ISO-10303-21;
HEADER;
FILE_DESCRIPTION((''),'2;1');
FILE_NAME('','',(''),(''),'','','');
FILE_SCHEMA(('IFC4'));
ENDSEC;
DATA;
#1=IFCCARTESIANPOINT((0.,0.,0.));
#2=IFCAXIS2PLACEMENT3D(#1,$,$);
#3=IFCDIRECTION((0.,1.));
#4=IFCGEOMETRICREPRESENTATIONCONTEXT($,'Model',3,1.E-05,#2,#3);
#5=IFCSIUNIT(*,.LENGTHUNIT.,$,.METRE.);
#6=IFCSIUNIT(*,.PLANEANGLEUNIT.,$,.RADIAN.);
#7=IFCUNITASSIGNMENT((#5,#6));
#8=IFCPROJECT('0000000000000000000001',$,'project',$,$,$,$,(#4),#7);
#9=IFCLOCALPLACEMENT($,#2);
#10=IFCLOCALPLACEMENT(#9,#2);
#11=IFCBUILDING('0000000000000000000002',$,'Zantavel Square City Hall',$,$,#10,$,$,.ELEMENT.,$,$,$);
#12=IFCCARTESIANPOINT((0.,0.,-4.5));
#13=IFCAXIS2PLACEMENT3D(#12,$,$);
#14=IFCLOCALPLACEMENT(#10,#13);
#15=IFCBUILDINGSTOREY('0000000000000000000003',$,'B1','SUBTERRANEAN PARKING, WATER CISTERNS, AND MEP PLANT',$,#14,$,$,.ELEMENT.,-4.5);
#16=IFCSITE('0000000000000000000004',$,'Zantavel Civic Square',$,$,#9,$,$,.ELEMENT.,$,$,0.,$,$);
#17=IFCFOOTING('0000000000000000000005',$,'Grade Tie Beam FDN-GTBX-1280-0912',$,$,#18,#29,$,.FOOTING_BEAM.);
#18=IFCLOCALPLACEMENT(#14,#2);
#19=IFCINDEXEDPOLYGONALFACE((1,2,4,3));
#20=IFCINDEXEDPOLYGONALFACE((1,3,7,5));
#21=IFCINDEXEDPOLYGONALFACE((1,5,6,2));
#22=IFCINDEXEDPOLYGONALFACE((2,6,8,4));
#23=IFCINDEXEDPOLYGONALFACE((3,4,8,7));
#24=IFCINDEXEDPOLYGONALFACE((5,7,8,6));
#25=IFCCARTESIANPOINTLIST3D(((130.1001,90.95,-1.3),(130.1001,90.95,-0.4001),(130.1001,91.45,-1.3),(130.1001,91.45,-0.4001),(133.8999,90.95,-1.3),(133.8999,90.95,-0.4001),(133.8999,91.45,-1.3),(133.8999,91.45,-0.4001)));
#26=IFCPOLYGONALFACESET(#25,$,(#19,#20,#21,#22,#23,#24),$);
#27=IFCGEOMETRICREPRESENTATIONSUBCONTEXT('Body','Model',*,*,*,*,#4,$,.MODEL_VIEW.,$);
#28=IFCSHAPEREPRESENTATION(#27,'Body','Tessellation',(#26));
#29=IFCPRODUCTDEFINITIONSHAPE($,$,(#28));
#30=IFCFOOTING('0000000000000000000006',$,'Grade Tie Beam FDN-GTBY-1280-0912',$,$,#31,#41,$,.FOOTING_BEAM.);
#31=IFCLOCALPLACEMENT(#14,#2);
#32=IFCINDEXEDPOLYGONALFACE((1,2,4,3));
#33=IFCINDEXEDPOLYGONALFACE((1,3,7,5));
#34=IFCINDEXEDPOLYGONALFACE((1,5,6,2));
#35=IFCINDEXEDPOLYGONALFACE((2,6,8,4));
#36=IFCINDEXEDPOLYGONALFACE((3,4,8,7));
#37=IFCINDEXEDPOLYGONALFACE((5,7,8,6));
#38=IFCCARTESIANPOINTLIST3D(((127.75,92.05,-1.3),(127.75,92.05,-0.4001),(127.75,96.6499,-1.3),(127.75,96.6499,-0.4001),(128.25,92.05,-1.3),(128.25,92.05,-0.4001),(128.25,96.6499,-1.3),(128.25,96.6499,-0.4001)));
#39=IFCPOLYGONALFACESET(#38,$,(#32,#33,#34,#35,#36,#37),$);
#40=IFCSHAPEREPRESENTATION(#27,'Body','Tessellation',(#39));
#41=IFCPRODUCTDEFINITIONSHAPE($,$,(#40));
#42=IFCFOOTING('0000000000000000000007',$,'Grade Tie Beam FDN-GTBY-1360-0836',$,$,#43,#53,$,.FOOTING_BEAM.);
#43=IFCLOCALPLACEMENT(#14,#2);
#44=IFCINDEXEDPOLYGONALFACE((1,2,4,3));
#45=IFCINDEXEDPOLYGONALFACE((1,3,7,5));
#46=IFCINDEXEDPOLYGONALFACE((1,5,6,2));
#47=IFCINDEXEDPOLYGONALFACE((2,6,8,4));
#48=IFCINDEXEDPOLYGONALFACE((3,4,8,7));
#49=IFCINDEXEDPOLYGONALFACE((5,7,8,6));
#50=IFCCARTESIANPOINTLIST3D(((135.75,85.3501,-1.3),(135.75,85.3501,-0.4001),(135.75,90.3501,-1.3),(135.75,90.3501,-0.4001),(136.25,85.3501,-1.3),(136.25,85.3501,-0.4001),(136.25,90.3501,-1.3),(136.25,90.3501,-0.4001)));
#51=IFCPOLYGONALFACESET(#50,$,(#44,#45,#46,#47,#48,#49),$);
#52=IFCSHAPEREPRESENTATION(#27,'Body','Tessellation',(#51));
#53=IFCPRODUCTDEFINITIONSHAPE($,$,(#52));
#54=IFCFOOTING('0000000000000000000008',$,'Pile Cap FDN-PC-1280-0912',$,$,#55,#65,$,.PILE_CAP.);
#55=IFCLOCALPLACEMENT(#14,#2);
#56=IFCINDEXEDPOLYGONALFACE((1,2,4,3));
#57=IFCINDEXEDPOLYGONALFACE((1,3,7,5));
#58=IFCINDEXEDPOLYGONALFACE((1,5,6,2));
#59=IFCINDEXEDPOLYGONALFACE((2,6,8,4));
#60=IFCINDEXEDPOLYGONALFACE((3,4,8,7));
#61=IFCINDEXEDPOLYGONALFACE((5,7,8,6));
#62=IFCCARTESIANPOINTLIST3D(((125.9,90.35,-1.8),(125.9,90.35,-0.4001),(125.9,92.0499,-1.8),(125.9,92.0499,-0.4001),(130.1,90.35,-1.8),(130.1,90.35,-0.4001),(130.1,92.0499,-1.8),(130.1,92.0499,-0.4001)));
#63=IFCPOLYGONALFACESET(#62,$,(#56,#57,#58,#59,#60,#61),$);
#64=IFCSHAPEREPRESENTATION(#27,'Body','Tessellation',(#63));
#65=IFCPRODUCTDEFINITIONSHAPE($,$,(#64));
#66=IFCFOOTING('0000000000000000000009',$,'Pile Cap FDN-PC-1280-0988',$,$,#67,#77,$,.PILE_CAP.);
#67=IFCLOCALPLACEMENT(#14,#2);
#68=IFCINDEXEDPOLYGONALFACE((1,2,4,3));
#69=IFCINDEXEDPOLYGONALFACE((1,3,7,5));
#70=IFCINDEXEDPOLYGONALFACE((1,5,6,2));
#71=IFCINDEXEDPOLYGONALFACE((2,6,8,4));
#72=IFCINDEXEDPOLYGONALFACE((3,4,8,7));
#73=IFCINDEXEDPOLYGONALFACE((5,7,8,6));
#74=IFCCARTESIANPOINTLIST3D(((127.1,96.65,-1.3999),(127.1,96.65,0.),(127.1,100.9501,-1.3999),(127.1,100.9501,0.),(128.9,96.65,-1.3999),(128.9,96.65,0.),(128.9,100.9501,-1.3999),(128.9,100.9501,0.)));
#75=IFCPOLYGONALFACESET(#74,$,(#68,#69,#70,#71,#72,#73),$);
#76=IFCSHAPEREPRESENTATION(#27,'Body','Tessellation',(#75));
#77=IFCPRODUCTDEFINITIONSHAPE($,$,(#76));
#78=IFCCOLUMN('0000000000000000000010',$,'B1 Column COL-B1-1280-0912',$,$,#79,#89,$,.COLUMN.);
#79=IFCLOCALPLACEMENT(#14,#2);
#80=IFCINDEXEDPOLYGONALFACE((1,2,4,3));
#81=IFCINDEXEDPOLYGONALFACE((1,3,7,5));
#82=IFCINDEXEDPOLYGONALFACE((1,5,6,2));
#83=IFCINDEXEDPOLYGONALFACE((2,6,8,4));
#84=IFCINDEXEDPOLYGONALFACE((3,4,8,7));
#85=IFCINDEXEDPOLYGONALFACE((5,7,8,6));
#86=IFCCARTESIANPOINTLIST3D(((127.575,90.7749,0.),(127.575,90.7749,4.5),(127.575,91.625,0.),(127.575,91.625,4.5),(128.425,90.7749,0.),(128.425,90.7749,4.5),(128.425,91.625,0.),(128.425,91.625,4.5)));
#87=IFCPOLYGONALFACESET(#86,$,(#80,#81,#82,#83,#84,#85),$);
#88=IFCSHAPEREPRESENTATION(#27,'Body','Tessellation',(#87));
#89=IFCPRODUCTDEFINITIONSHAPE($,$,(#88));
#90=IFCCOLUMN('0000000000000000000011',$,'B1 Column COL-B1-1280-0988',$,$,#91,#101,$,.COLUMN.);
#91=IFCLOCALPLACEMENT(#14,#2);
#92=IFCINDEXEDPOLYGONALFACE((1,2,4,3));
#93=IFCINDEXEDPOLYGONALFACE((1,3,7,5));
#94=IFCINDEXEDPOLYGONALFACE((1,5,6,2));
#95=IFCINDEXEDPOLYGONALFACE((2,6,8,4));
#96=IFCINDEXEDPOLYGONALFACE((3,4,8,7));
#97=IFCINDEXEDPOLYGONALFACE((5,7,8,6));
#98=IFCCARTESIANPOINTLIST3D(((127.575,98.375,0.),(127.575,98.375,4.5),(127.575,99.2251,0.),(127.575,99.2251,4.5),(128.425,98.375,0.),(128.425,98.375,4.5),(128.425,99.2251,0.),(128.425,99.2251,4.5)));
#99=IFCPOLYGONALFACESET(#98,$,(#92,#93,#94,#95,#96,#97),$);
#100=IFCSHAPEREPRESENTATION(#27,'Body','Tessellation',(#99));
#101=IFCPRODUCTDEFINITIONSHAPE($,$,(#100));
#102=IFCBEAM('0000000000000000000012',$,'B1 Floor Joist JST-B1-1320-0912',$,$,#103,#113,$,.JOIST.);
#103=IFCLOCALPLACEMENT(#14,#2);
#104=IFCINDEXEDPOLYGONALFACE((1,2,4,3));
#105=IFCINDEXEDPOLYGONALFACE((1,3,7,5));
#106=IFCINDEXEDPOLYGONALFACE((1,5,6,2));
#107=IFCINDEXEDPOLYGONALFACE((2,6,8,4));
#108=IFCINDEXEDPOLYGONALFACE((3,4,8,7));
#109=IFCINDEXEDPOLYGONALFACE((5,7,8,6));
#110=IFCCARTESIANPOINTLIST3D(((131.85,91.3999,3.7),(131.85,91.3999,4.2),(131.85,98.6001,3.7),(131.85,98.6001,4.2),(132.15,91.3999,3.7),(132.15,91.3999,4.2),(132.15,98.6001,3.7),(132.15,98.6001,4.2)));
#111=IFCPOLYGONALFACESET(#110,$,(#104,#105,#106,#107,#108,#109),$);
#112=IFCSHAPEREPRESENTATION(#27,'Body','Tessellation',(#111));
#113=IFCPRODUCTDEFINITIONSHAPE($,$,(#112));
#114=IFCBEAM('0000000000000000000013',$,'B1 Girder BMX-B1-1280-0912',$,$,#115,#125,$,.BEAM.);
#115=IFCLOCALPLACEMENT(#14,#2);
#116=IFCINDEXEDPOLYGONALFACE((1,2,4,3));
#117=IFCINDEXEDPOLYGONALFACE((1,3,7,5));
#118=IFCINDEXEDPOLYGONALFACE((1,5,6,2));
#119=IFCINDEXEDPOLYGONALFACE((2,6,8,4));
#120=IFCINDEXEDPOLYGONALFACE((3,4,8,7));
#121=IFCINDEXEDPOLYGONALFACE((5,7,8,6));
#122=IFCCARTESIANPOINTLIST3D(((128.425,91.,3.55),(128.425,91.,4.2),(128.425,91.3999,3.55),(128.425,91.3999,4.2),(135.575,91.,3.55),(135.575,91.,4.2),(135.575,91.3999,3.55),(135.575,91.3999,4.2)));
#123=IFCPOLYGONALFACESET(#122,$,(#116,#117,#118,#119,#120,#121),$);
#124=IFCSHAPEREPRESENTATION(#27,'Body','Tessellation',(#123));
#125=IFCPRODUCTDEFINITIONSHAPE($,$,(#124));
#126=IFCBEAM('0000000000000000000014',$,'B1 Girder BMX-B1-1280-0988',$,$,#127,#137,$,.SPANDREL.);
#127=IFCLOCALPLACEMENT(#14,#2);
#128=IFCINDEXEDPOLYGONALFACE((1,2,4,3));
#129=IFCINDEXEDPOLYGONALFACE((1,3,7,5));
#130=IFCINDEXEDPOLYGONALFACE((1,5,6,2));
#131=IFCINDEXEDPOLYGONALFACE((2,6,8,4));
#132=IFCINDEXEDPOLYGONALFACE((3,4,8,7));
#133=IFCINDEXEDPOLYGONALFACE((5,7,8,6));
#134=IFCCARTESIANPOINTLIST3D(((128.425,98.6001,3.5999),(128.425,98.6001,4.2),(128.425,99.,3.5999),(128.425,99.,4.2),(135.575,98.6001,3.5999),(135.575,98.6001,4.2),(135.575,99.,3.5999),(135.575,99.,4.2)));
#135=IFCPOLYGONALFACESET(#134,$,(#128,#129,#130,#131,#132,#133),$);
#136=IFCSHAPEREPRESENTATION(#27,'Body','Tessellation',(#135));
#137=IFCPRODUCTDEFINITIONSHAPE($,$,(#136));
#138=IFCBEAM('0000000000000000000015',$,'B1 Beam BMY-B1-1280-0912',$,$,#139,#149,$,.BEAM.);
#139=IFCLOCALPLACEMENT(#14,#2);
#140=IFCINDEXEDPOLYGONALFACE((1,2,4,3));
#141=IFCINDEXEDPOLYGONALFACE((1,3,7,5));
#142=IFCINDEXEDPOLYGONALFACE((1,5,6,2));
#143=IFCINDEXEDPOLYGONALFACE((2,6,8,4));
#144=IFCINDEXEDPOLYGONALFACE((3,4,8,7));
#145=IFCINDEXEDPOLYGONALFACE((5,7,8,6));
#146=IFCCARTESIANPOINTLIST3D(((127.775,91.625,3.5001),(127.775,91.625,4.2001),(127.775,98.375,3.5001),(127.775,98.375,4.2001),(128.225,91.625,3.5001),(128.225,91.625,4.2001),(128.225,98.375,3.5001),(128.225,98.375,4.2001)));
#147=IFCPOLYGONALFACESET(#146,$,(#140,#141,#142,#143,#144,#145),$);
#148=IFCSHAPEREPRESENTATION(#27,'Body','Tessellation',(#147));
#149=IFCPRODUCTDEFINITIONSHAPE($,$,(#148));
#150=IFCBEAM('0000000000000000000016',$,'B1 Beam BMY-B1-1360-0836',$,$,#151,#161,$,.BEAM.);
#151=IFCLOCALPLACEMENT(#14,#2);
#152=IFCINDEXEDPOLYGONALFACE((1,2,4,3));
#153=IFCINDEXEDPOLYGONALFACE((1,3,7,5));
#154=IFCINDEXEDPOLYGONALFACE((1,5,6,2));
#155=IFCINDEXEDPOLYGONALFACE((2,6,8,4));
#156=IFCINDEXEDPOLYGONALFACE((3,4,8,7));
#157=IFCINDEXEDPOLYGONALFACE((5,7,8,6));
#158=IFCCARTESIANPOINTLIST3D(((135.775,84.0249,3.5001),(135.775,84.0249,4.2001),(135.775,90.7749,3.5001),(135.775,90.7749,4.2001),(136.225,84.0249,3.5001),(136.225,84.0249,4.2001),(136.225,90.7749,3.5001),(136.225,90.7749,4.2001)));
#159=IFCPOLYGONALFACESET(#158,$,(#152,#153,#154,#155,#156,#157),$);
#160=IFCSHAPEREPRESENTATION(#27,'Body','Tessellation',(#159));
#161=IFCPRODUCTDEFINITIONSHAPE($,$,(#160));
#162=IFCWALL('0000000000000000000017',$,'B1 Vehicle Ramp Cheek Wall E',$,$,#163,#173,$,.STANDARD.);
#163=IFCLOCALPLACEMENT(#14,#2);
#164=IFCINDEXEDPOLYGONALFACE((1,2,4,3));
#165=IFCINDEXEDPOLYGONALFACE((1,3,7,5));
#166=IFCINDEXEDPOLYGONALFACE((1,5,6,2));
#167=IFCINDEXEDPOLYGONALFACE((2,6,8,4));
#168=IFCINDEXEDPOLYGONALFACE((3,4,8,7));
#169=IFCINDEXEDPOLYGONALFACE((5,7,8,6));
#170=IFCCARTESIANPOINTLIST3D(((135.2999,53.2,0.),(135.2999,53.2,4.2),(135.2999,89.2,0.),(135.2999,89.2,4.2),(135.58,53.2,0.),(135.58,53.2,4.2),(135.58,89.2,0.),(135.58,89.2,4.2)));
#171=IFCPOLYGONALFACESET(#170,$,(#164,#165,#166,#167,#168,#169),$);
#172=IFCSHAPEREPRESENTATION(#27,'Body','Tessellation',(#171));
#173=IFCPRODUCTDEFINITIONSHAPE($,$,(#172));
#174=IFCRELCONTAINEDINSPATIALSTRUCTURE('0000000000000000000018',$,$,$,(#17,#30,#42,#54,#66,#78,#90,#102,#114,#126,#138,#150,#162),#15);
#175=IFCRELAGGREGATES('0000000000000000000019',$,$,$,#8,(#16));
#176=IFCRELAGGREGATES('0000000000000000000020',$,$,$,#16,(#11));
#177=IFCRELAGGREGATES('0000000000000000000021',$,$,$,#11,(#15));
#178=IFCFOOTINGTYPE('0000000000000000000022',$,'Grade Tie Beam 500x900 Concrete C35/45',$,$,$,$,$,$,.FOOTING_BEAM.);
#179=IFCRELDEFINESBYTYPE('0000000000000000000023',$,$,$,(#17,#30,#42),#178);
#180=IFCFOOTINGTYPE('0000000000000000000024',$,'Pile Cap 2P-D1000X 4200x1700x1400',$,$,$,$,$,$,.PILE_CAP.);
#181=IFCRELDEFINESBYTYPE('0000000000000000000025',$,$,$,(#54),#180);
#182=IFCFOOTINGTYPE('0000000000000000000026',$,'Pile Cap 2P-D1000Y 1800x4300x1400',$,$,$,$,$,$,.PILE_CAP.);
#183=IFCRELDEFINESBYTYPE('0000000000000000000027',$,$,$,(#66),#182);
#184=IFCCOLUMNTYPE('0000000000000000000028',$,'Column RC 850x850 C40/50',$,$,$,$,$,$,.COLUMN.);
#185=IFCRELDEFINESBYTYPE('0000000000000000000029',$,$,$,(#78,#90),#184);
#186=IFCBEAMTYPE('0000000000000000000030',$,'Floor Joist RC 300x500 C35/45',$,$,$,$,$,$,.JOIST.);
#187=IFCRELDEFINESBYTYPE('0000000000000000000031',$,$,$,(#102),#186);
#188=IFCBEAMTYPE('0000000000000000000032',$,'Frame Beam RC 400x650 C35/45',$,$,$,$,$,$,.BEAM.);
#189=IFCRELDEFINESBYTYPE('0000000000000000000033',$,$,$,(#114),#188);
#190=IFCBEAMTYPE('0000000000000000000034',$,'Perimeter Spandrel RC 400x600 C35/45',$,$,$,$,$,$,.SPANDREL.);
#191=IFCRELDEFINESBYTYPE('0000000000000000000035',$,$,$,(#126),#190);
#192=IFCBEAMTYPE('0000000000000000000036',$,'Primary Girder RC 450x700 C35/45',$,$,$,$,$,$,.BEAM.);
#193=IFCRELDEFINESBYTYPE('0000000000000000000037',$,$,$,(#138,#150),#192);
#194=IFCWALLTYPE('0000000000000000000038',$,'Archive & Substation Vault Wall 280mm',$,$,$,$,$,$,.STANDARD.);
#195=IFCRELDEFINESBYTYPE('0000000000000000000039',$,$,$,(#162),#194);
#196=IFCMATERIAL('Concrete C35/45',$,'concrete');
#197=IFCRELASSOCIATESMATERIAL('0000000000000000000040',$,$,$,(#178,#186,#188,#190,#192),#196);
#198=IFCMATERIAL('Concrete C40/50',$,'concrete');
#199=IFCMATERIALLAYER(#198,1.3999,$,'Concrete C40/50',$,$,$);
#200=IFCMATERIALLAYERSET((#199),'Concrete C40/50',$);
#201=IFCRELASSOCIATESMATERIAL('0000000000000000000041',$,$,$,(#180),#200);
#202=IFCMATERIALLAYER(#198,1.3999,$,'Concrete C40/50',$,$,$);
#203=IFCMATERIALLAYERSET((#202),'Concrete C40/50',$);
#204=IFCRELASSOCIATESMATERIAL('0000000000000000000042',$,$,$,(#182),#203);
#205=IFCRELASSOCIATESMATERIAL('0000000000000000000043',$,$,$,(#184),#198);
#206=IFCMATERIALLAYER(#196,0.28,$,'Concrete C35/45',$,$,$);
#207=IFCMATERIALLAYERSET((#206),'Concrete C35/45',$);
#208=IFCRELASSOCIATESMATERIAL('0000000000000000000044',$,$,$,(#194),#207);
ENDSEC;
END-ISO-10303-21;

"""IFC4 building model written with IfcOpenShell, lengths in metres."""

from ifc_helpers import new_model, si_unit, direction, frame, frame_2d, origin, origin_2d, place, context, subcontext, project, spatial, rectangle, extrude, material, layer, layer_set, material_profile, profile_set, type_object, element, save


model = new_model("IFC4")

# Units and contexts
model_context = context("Model", 3, precision=1e-05, world=origin(), true_north=direction((0.0, 1.0)))
body_context = subcontext(model_context, "Body", "Model", "MODEL_VIEW")
ifc_project = project(units=[si_unit("LENGTHUNIT", "METRE"), si_unit("PLANEANGLEUNIT", "RADIAN")], contexts=[model_context])

# Site, building, storey
site_placement = place(None, origin())
site = spatial("IfcSite", under=ifc_project, at=site_placement, Name="Zantavel Civic Square", CompositionType="ELEMENT", RefElevation=0.0)
building_placement = place(site_placement, origin())
building = spatial("IfcBuilding", under=site, at=building_placement, Name="Zantavel Square City Hall", CompositionType="ELEMENT")
storey_placement = place(building_placement, frame((0.0, 0.0, -4.5)))
storey = spatial("IfcBuildingStorey", under=building, at=storey_placement, Name="B1", Description="SUBTERRANEAN PARKING, WATER CISTERNS, AND MEP PLANT", CompositionType="ELEMENT", Elevation=-4.5)

# Shared definitions
ifc_material_1 = material(Name="Concrete C35/45", Category="concrete")

# Footings
ifc_material_profile_1 = material_profile(ifc_material_1, rectangle(XDim=0.5, YDim=0.8999, at=origin_2d()), Name="RC 500x900")
ifc_profile_set_1 = profile_set([ifc_material_profile_1], Name="Concrete C35/45")
footing_type_1 = type_object("IfcFootingType", Name="Grade Tie Beam 500x900 Concrete C35/45", PredefinedType="FOOTING_BEAM", material=ifc_profile_set_1)
footing_1_placement = place(storey_placement, frame((130.1001, 91.2, -0.8501), z_axis=(1.0, 0.0, 0.0), x_axis=(0.0, 1.0, 0.0)))
element("IfcFooting", 1, at=footing_1_placement, inside=storey, type_object=footing_type_1, Name="Grade Tie Beam FDN-GTBX-1280-0912", PredefinedType="FOOTING_BEAM", context=body_context, shape_type="SweptSolid", body=[
    extrude(rectangle(XDim=0.5, YDim=0.8999, at=origin_2d()), origin(), (0.0, 0.0, 1.0), 3.7998),
])
footing_2_placement = place(storey_placement, frame((128.0, 92.05, -0.8501), z_axis=(0.0, 1.0, 0.0), x_axis=(-1.0, 0.0, 0.0)))
element("IfcFooting", 2, at=footing_2_placement, inside=storey, type_object=footing_type_1, Name="Grade Tie Beam FDN-GTBY-1280-0912", PredefinedType="FOOTING_BEAM", context=body_context, shape_type="SweptSolid", body=[
    extrude(rectangle(XDim=0.5, YDim=0.8999, at=origin_2d()), origin(), (0.0, 0.0, 1.0), 4.5999),
])
footing_3_placement = place(storey_placement, frame((136.0, 85.3501, -0.8501), z_axis=(0.0, 1.0, 0.0), x_axis=(-1.0, 0.0, 0.0)))
element("IfcFooting", 3, at=footing_3_placement, inside=storey, type_object=footing_type_1, Name="Grade Tie Beam FDN-GTBY-1360-0836", PredefinedType="FOOTING_BEAM", context=body_context, shape_type="SweptSolid", body=[
    extrude(rectangle(XDim=0.5, YDim=0.8999, at=origin_2d()), origin(), (0.0, 0.0, 1.0), 5.0),
])
ifc_material_2 = material(Name="Concrete C40/50", Category="concrete")
ifc_layer_1 = layer(ifc_material_2, 1.3999, Name="Concrete C40/50")
ifc_layer_set_1 = layer_set([ifc_layer_1], Name="Concrete C40/50")
footing_type_2 = type_object("IfcFootingType", Name="Pile Cap 2P-D1000X 4200x1700x1400", PredefinedType="PILE_CAP", material=ifc_layer_set_1)
footing_4_placement = place(storey_placement, frame((128.0, 91.2, -1.8), z_axis=(0.0, 0.0, 1.0), x_axis=(1.0, 0.0, 0.0)))
element("IfcFooting", 4, at=footing_4_placement, inside=storey, type_object=footing_type_2, Name="Pile Cap FDN-PC-1280-0912", PredefinedType="PILE_CAP", context=body_context, shape_type="SweptSolid", body=[
    extrude(rectangle(XDim=4.2, YDim=1.7, at=origin_2d()), origin(), (0.0, 0.0, 1.0), 1.3999),
])
ifc_layer_2 = layer(ifc_material_2, 1.3999, Name="Concrete C40/50")
ifc_layer_set_2 = layer_set([ifc_layer_2], Name="Concrete C40/50")
footing_type_3 = type_object("IfcFootingType", Name="Pile Cap 2P-D1000Y 1800x4300x1400", PredefinedType="PILE_CAP", material=ifc_layer_set_2)
footing_5_placement = place(storey_placement, frame((128.0, 98.8, -1.3999), z_axis=(0.0, 0.0, 1.0), x_axis=(1.0, 0.0, 0.0)))
element("IfcFooting", 5, at=footing_5_placement, inside=storey, type_object=footing_type_3, Name="Pile Cap FDN-PC-1280-0988", PredefinedType="PILE_CAP", context=body_context, shape_type="SweptSolid", body=[
    extrude(rectangle(XDim=1.8, YDim=4.3, at=origin_2d()), origin(), (0.0, 0.0, 1.0), 1.3999),
])

# Columns
ifc_material_profile_2 = material_profile(ifc_material_2, rectangle(XDim=0.8501, YDim=0.8501, at=origin_2d()), Name="RC 850x850")
ifc_profile_set_2 = profile_set([ifc_material_profile_2], Name="Concrete C40/50")
column_type = type_object("IfcColumnType", Name="Column RC 850x850 C40/50", PredefinedType="COLUMN", material=ifc_profile_set_2)
for number, where, z_axis, x_axis, name in (
    (6, (128.0, 91.2, 0.0), (0.0, 0.0, 1.0), (1.0, 0.0, 0.0), "B1 Column COL-B1-1280-0912"),
    (7, (128.0, 98.8, 0.0), (0.0, 0.0, 1.0), (1.0, 0.0, 0.0), "B1 Column COL-B1-1280-0988"),
):
    element("IfcColumn", number, at=place(storey_placement, frame(where, z_axis=z_axis, x_axis=x_axis)), inside=storey, type_object=column_type, Name=name, PredefinedType="COLUMN", context=body_context, shape_type="SweptSolid", body=[
        extrude(rectangle(XDim=0.8501, YDim=0.8501, at=origin_2d()), origin(), (0.0, 0.0, 1.0), 4.5),
    ])

# Beams
ifc_material_profile_3 = material_profile(ifc_material_1, rectangle(XDim=0.3, YDim=0.5, at=origin_2d()), Name="RC 300x500")
ifc_profile_set_3 = profile_set([ifc_material_profile_3], Name="Concrete C35/45")
beam_type_1 = type_object("IfcBeamType", Name="Floor Joist RC 300x500 C35/45", PredefinedType="JOIST", material=ifc_profile_set_3)
beam_1_placement = place(storey_placement, frame((132.0, 91.3999, 3.95), z_axis=(0.0, 1.0, 0.0), x_axis=(-1.0, 0.0, 0.0)))
element("IfcBeam", 8, at=beam_1_placement, inside=storey, type_object=beam_type_1, Name="B1 Floor Joist JST-B1-1320-0912", PredefinedType="JOIST", context=body_context, shape_type="SweptSolid", body=[
    extrude(rectangle(XDim=0.3, YDim=0.5, at=origin_2d()), origin(), (0.0, 0.0, 1.0), 7.2002),
])
ifc_material_profile_4 = material_profile(ifc_material_1, rectangle(XDim=0.3999, YDim=0.6499, at=origin_2d()), Name="RC 400x650")
ifc_profile_set_4 = profile_set([ifc_material_profile_4], Name="Concrete C35/45")
beam_type_2 = type_object("IfcBeamType", Name="Frame Beam RC 400x650 C35/45", PredefinedType="BEAM", material=ifc_profile_set_4)
beam_2_placement = place(storey_placement, frame((128.425, 91.2, 3.875), z_axis=(1.0, 0.0, 0.0), x_axis=(0.0, 1.0, 0.0)))
element("IfcBeam", 9, at=beam_2_placement, inside=storey, type_object=beam_type_2, Name="B1 Girder BMX-B1-1280-0912", PredefinedType="BEAM", context=body_context, shape_type="SweptSolid", body=[
    extrude(rectangle(XDim=0.3999, YDim=0.6499, at=origin_2d()), origin(), (0.0, 0.0, 1.0), 7.1499),
])
ifc_material_profile_5 = material_profile(ifc_material_1, rectangle(XDim=0.3999, YDim=0.6001, at=origin_2d()), Name="RC 400x600")
ifc_profile_set_5 = profile_set([ifc_material_profile_5], Name="Concrete C35/45")
beam_type_3 = type_object("IfcBeamType", Name="Perimeter Spandrel RC 400x600 C35/45", PredefinedType="SPANDREL", material=ifc_profile_set_5)
beam_3_placement = place(storey_placement, frame((128.425, 98.8, 3.8999), z_axis=(1.0, 0.0, 0.0), x_axis=(0.0, 1.0, 0.0)))
element("IfcBeam", 10, at=beam_3_placement, inside=storey, type_object=beam_type_3, Name="B1 Girder BMX-B1-1280-0988", PredefinedType="SPANDREL", context=body_context, shape_type="SweptSolid", body=[
    extrude(rectangle(XDim=0.3999, YDim=0.6001, at=origin_2d()), origin(), (0.0, 0.0, 1.0), 7.1499),
])
ifc_material_profile_6 = material_profile(ifc_material_1, rectangle(XDim=0.45, YDim=0.7, at=origin_2d()), Name="RC 450x700")
ifc_profile_set_6 = profile_set([ifc_material_profile_6], Name="Concrete C35/45")
beam_type_4 = type_object("IfcBeamType", Name="Primary Girder RC 450x700 C35/45", PredefinedType="BEAM", material=ifc_profile_set_6)
for number, where, z_axis, x_axis, name in (
    (11, (128.0, 91.625, 3.8501), (0.0, 1.0, 0.0), (-1.0, 0.0, 0.0), "B1 Beam BMY-B1-1280-0912"),
    (12, (136.0, 84.0249, 3.8501), (0.0, 1.0, 0.0), (-1.0, 0.0, 0.0), "B1 Beam BMY-B1-1360-0836"),
):
    element("IfcBeam", number, at=place(storey_placement, frame(where, z_axis=z_axis, x_axis=x_axis)), inside=storey, type_object=beam_type_4, Name=name, PredefinedType="BEAM", context=body_context, shape_type="SweptSolid", body=[
        extrude(rectangle(XDim=0.45, YDim=0.7, at=origin_2d()), origin(), (0.0, 0.0, 1.0), 6.75),
    ])

# Wall
ifc_layer_3 = layer(ifc_material_1, 0.28, Name="Concrete C35/45")
ifc_layer_set_3 = layer_set([ifc_layer_3], Name="Concrete C35/45")
wall_type_1 = type_object("IfcWallType", Name="Archive & Substation Vault Wall 280mm", PredefinedType="STANDARD", material=ifc_layer_set_3)
wall_1_placement = place(storey_placement, frame((135.4399, 89.2, 0.0), z_axis=(0.0, 0.0, 1.0), x_axis=(0.0, -1.0, 0.0)))
element("IfcWall", 13, at=wall_1_placement, inside=storey, type_object=wall_type_1, Name="B1 Vehicle Ramp Cheek Wall E", PredefinedType="STANDARD", context=body_context, shape_type="SweptSolid", body=[
    extrude(rectangle(XDim=36.0, YDim=0.28, at=frame_2d((18.0, 0.0))), origin(), (0.0, 0.0, 1.0), 4.2),
])

save(model, "model.ifc")
